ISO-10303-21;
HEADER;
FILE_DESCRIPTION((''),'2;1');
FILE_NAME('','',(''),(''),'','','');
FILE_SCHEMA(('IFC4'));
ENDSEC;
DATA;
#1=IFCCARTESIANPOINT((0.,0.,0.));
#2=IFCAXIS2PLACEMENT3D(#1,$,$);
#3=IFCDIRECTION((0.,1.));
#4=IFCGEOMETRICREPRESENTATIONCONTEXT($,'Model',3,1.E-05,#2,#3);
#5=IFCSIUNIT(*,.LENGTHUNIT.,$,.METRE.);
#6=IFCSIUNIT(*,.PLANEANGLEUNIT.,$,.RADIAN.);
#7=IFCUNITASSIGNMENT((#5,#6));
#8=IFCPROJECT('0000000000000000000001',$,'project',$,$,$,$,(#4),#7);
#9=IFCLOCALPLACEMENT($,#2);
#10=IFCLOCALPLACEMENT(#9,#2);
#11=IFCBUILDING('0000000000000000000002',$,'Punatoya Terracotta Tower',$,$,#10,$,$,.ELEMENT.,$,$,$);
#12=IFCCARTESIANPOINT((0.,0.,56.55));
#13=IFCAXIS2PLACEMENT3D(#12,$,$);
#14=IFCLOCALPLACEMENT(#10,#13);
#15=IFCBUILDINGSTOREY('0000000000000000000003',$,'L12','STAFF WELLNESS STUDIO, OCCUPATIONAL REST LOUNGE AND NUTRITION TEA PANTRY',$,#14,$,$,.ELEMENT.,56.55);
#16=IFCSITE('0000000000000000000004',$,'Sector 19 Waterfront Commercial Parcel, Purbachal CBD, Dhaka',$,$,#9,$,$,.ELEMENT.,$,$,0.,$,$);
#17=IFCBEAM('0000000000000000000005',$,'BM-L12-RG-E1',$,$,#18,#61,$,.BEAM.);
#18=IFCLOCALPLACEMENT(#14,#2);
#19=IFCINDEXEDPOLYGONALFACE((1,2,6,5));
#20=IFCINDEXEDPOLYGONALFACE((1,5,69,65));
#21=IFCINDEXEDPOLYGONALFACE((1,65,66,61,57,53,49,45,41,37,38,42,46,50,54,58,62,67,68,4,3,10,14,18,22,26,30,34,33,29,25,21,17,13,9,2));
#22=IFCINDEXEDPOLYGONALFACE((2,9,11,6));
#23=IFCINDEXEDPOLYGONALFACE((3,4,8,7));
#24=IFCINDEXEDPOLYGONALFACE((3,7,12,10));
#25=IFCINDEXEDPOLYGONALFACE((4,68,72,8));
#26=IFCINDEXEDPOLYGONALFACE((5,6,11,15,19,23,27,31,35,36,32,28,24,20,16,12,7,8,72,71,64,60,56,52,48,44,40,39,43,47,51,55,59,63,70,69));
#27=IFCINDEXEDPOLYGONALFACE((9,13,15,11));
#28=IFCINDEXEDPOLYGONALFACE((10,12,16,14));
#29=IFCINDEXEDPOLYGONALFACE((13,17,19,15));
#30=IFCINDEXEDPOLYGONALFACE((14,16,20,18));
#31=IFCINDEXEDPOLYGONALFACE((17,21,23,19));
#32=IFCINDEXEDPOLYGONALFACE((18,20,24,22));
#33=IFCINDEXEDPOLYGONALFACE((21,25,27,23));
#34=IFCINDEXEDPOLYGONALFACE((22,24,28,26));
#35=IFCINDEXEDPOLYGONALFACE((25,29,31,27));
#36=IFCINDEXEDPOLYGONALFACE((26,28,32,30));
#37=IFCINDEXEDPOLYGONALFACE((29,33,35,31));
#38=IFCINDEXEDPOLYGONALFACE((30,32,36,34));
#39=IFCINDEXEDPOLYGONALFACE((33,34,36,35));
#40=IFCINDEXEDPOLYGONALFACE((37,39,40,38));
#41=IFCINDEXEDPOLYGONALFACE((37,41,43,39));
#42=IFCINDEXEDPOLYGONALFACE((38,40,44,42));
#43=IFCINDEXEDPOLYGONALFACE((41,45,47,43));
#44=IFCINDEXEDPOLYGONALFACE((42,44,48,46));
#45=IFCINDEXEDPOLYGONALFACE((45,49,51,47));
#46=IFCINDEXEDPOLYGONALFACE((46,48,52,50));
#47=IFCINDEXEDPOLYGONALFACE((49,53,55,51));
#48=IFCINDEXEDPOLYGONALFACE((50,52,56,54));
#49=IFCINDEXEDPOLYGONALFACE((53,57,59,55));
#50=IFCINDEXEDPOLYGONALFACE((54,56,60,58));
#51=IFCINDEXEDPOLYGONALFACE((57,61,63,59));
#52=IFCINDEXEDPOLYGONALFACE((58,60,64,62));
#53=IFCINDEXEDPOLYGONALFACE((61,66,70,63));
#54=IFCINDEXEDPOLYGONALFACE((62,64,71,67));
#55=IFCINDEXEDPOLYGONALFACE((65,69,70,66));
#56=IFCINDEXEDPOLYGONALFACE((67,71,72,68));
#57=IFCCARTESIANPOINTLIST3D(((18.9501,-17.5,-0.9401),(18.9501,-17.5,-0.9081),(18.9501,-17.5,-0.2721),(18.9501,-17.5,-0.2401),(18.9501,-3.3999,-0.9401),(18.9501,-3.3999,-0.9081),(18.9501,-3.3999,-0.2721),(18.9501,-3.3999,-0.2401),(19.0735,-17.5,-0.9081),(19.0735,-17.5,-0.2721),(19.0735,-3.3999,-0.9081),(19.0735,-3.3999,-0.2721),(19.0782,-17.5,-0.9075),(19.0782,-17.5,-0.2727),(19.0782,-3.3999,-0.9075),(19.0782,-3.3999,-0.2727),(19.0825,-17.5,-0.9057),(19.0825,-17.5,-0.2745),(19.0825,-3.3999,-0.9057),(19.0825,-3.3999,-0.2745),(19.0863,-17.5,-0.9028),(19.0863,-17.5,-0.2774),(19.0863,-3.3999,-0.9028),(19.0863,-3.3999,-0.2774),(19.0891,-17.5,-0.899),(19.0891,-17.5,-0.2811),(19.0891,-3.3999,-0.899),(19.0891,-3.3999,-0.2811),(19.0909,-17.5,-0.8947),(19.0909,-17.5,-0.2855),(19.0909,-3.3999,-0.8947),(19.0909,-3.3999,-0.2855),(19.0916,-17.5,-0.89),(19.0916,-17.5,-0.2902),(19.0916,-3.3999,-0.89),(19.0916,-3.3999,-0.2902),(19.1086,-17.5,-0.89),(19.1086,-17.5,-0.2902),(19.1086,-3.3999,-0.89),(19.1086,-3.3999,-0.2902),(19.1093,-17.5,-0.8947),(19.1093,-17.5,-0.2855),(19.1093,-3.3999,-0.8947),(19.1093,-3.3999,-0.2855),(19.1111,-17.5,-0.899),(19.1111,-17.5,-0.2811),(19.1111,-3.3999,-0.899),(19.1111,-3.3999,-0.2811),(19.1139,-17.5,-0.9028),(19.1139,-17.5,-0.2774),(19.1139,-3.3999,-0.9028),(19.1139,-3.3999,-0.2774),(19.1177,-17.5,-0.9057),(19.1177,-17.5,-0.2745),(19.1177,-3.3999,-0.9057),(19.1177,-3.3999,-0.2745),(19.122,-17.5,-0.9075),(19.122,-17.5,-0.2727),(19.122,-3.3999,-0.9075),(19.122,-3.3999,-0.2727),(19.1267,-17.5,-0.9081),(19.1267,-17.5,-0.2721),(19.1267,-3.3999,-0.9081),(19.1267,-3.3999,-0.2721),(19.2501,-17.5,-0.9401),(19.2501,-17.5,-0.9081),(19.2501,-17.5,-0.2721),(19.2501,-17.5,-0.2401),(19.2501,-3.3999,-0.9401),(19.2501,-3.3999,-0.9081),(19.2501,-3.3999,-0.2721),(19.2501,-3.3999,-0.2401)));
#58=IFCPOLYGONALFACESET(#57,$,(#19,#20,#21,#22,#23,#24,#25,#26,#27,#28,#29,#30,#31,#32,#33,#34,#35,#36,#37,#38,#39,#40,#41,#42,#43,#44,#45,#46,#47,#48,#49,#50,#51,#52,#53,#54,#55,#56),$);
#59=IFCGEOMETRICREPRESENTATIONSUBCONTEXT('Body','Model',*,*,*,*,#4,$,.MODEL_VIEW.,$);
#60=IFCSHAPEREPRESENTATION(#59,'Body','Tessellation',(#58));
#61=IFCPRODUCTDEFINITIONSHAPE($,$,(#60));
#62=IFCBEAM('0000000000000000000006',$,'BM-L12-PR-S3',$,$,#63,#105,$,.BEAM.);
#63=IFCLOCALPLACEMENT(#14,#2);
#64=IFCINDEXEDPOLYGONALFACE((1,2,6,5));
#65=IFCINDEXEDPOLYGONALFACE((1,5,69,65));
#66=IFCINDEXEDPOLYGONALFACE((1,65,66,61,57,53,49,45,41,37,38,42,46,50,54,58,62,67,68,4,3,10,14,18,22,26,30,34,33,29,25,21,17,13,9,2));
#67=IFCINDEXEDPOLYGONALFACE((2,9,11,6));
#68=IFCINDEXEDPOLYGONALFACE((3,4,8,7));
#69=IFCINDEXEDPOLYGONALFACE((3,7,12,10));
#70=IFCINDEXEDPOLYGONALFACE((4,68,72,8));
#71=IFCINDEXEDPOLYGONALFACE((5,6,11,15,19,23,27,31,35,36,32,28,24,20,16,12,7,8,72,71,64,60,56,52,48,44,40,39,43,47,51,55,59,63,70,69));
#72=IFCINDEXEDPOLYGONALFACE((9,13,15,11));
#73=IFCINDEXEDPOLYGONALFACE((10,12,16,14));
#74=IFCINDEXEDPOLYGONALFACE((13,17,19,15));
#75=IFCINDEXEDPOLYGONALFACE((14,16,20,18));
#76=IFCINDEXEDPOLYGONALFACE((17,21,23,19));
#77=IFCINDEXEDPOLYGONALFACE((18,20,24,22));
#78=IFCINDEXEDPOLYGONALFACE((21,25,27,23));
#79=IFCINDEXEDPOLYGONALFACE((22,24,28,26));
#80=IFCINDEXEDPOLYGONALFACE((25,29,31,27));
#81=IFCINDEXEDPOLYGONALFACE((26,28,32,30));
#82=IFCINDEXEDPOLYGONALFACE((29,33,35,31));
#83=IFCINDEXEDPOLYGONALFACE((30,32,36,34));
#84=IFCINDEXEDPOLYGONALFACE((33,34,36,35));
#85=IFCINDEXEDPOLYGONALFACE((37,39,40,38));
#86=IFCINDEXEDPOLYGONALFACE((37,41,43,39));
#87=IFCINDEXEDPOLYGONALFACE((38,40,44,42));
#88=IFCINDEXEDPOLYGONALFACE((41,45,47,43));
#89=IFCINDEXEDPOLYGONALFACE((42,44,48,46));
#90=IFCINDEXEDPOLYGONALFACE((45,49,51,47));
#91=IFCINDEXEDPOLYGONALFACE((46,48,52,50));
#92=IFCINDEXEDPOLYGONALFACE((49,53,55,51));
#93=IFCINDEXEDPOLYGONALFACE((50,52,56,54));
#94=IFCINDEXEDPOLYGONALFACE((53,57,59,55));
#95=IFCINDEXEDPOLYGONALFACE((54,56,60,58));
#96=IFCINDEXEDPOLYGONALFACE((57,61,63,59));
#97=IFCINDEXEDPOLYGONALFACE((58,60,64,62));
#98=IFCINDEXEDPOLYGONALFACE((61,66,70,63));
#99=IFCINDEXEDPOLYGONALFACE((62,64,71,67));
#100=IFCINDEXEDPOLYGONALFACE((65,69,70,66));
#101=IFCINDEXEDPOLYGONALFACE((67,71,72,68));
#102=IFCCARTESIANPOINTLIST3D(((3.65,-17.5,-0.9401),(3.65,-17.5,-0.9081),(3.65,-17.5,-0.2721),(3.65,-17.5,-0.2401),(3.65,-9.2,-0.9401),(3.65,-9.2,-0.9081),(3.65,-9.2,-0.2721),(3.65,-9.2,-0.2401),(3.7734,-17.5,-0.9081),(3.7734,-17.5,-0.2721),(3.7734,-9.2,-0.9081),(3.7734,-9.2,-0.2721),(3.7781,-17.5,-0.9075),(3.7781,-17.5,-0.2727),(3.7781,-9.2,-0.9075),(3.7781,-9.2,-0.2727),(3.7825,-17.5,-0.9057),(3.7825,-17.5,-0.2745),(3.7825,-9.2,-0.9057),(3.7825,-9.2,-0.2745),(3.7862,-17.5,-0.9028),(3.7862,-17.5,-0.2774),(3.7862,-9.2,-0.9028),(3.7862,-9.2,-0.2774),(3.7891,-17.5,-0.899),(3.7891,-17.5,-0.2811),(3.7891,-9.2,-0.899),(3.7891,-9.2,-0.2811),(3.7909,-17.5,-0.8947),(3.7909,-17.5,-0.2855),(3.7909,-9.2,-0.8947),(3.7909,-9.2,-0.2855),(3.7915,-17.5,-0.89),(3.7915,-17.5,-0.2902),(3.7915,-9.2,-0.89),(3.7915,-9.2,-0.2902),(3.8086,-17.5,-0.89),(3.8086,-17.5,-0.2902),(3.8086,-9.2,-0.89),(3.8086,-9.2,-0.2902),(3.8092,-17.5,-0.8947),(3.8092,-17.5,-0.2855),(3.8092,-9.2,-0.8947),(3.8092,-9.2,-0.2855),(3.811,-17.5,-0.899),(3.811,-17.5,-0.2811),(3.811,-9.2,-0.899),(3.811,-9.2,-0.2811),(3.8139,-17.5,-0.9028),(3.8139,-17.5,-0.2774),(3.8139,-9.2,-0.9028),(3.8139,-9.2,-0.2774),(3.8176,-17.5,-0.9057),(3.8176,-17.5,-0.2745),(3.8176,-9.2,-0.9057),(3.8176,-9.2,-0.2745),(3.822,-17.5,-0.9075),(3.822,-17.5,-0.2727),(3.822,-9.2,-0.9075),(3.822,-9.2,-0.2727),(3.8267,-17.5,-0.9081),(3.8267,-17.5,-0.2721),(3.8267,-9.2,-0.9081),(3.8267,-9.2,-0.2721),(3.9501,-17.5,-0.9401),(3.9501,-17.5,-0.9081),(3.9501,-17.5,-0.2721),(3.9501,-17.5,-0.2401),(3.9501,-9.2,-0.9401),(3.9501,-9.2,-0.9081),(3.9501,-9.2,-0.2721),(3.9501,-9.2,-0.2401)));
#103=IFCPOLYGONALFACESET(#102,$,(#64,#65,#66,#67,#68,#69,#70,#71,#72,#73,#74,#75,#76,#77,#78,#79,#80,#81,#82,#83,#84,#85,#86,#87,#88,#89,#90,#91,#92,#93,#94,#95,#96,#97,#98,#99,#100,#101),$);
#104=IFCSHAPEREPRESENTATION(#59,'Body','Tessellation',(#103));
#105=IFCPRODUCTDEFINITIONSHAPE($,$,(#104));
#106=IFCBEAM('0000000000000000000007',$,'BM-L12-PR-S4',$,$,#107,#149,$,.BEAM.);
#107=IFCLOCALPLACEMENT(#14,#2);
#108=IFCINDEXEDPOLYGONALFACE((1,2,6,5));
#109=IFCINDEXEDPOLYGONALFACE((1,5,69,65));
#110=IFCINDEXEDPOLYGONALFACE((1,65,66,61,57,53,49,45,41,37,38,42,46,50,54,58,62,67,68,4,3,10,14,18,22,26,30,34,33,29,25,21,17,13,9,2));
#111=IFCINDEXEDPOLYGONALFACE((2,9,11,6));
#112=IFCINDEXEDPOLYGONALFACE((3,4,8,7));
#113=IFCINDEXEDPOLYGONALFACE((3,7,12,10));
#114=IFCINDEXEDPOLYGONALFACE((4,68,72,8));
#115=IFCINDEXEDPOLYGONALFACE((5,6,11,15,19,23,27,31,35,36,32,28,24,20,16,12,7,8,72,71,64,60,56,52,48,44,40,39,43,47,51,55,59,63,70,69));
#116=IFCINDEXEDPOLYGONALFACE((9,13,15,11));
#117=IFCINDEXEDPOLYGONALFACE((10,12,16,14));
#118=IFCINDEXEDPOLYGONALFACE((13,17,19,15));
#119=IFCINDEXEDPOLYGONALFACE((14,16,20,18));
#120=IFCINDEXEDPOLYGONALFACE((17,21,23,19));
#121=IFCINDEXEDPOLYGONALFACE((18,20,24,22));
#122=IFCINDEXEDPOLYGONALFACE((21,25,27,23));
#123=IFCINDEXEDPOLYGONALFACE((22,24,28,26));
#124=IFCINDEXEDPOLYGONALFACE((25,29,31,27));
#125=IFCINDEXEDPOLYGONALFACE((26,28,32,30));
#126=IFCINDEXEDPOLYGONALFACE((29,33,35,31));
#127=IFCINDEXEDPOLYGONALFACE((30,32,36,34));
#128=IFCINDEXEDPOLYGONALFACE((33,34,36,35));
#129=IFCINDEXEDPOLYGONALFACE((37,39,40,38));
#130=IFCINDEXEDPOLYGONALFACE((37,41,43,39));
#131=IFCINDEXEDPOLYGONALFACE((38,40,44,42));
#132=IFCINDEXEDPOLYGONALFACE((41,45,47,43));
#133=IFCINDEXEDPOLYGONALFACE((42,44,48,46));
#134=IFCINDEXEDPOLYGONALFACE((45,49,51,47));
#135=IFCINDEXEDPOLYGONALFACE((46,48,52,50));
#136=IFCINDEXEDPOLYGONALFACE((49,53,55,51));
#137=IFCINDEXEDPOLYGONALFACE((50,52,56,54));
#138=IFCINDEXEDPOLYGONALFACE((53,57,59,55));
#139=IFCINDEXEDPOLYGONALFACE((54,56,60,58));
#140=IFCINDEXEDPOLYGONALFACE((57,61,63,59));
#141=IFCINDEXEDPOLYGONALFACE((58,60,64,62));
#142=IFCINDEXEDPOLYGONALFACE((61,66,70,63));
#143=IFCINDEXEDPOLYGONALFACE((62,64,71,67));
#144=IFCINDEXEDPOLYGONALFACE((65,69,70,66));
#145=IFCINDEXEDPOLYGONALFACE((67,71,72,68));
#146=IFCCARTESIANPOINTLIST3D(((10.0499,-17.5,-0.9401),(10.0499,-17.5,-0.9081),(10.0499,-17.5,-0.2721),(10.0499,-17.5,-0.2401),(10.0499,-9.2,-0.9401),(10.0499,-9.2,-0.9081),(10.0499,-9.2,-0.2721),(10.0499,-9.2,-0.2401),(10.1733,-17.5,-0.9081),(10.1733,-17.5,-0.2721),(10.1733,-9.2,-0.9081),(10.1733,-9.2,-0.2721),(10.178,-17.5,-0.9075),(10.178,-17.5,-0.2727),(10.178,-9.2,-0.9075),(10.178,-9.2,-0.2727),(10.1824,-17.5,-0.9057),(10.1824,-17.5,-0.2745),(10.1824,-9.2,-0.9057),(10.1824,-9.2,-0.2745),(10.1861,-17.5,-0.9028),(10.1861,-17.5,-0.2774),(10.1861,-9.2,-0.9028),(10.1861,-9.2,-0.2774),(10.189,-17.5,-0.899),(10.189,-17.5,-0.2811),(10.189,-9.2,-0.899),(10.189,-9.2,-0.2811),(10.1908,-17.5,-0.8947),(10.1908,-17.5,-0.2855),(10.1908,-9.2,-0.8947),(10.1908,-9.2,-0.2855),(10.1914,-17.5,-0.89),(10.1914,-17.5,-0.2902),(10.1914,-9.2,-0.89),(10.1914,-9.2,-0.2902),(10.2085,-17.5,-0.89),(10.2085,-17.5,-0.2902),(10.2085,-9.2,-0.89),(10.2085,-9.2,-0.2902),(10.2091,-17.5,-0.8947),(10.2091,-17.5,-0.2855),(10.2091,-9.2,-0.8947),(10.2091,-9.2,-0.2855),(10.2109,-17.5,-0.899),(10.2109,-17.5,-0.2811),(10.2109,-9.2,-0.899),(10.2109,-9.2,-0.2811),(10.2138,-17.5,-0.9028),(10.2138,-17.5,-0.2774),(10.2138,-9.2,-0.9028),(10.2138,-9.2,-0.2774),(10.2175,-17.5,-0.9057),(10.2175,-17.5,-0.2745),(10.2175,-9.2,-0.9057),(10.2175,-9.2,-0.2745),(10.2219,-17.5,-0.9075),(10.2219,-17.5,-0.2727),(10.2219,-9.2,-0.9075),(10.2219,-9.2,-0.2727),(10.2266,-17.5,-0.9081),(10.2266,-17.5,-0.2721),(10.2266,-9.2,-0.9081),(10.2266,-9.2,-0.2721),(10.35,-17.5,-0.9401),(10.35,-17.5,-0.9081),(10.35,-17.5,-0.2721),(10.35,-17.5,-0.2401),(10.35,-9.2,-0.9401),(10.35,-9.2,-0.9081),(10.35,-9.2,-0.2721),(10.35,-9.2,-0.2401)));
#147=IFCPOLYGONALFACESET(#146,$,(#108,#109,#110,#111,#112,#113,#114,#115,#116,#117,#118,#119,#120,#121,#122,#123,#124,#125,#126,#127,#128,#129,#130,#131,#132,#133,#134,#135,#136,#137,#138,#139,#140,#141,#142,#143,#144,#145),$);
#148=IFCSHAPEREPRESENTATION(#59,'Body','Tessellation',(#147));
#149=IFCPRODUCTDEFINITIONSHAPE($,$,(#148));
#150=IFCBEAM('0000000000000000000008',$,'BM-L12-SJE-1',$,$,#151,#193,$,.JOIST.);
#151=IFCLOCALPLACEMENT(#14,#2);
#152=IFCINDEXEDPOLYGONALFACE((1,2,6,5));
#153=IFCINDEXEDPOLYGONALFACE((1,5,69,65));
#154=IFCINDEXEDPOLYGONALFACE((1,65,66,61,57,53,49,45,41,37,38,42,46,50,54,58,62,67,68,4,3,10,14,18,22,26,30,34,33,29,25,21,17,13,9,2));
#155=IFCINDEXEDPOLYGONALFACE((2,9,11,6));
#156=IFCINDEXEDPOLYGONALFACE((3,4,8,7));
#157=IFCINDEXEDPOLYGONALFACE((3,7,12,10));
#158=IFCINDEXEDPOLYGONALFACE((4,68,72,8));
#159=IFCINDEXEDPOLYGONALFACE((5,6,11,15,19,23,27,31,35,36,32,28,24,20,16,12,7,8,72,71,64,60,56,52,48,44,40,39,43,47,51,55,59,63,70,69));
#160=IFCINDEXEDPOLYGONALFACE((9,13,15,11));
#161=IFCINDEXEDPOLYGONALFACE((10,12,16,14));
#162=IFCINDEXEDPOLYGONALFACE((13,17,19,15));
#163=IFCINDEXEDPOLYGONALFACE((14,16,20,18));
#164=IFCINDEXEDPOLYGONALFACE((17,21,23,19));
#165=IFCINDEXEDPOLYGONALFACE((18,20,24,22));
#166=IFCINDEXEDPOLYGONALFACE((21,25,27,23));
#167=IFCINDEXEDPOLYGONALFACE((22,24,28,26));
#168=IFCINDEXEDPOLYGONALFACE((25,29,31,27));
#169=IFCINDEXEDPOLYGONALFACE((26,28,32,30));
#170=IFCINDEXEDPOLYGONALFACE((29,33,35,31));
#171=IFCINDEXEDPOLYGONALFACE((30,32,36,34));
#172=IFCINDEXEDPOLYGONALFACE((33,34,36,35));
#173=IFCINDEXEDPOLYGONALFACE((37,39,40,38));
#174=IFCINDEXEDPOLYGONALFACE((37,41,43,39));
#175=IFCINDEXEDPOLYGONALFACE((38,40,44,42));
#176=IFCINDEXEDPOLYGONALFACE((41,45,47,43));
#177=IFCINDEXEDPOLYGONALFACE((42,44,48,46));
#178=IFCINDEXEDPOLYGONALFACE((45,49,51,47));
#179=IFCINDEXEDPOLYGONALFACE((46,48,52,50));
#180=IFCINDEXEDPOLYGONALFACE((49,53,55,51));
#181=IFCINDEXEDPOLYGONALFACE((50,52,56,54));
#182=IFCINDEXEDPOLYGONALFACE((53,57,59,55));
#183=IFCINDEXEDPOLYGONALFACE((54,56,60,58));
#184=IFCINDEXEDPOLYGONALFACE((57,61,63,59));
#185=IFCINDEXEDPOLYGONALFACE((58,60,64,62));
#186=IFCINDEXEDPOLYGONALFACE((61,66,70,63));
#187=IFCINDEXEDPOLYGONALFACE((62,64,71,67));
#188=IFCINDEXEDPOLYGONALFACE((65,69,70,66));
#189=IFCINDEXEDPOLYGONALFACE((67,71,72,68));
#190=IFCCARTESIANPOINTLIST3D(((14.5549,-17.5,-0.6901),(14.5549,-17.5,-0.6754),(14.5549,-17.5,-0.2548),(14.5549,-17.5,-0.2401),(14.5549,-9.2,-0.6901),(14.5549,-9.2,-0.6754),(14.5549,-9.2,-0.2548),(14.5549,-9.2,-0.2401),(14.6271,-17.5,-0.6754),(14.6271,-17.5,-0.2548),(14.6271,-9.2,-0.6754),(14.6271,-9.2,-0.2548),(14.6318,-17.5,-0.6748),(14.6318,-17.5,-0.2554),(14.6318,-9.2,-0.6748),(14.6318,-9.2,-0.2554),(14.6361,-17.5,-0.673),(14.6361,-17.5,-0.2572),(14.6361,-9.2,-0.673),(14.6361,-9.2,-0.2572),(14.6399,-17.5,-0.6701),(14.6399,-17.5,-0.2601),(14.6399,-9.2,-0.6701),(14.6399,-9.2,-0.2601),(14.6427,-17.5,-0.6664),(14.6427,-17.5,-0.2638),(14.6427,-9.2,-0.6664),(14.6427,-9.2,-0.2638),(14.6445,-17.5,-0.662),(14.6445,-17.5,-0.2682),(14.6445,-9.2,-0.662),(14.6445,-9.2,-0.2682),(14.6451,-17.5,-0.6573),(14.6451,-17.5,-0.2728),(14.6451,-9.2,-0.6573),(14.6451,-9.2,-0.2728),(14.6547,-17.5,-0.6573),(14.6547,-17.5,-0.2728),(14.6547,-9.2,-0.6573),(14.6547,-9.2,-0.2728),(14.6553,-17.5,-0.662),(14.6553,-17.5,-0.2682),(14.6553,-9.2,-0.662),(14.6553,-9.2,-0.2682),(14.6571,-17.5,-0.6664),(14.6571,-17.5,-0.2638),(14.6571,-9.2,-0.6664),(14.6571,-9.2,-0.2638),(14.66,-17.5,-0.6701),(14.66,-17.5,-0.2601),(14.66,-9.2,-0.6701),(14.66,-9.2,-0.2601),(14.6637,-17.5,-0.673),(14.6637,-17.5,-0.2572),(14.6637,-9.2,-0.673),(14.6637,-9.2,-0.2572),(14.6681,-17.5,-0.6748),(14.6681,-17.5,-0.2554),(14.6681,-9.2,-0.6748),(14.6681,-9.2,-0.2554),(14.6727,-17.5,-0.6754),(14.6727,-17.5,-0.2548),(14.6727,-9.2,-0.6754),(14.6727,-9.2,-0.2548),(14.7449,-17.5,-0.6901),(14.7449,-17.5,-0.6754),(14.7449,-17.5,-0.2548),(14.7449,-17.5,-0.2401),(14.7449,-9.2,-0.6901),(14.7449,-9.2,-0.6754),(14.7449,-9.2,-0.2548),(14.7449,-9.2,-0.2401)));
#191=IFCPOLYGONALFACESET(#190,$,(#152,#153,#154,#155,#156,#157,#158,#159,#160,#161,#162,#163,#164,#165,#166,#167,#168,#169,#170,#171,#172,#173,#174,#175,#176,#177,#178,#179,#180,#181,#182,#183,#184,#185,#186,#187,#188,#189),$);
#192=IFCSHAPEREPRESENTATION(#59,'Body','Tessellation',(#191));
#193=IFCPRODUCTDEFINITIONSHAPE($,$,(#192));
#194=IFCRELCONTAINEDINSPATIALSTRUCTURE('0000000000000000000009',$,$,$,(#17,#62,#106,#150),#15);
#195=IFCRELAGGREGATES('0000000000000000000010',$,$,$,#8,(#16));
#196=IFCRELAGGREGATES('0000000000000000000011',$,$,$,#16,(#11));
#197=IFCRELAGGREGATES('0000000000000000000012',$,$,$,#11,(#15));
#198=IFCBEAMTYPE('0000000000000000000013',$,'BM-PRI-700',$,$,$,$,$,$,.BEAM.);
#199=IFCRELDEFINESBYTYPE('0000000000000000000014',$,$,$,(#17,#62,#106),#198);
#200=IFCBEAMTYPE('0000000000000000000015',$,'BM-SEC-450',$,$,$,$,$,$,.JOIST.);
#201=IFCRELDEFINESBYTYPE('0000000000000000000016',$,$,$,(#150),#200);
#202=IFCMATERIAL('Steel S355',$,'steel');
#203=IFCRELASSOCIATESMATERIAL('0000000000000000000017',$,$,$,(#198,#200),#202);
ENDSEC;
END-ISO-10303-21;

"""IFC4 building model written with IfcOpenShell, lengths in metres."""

from ifc_helpers import new_model, si_unit, direction, frame, origin, origin_2d, place, context, subcontext, project, spatial, i_section, extrude, material, material_profile, profile_set, type_object, element, save


model = new_model("IFC4")

# Units and contexts
model_context = context("Model", 3, precision=1e-05, world=origin(), true_north=direction((0.0, 1.0)))
body_context = subcontext(model_context, "Body", "Model", "MODEL_VIEW")
ifc_project = project(units=[si_unit("LENGTHUNIT", "METRE"), si_unit("PLANEANGLEUNIT", "RADIAN")], contexts=[model_context])

# Site, building, storey
site_placement = place(None, origin())
site = spatial("IfcSite", under=ifc_project, at=site_placement, Name="Sector 19 Waterfront Commercial Parcel, Purbachal CBD, Dhaka", CompositionType="ELEMENT", RefElevation=0.0)
building_placement = place(site_placement, origin())
building = spatial("IfcBuilding", under=site, at=building_placement, Name="Punatoya Terracotta Tower", CompositionType="ELEMENT")
storey_placement = place(building_placement, frame((0.0, 0.0, 56.55)))
storey = spatial("IfcBuildingStorey", under=building, at=storey_placement, Name="L12", Description="STAFF WELLNESS STUDIO, OCCUPATIONAL REST LOUNGE AND NUTRITION TEA PANTRY", CompositionType="ELEMENT", Elevation=56.55)

# Beams
ifc_material_1 = material(Name="Steel S355", Category="steel")
ifc_material_profile_1 = material_profile(ifc_material_1, i_section(OverallWidth=0.3, OverallDepth=0.7, WebThickness=0.0171, FlangeThickness=0.032, FilletRadius=0.0181, at=origin_2d()))
ifc_profile_set_1 = profile_set([ifc_material_profile_1], Name="Steel S355")
beam_type_1 = type_object("IfcBeamType", Name="BM-PRI-700", PredefinedType="BEAM", material=ifc_profile_set_1)
beam_1_placement = place(storey_placement, frame((19.1001, -17.5, -0.5901), z_axis=(0.0, 1.0, 0.0), x_axis=(-1.0, 0.0, 0.0)))
element("IfcBeam", 1, at=beam_1_placement, inside=storey, type_object=beam_type_1, Name="BM-L12-RG-E1", PredefinedType="BEAM", context=body_context, shape_type="SweptSolid", body=[
    extrude(i_section(OverallWidth=0.3, OverallDepth=0.7, WebThickness=0.0171, FlangeThickness=0.032, FilletRadius=0.0181, at=origin_2d()), origin(), (0.0, 0.0, 1.0), 14.1001),
])
for number, where, z_axis, x_axis, name in (
    (2, (3.8, -17.5, -0.5901), (0.0, 1.0, 0.0), (-1.0, 0.0, 0.0), "BM-L12-PR-S3"),
    (3, (10.2, -17.5, -0.5901), (0.0, 1.0, 0.0), (-1.0, 0.0, 0.0), "BM-L12-PR-S4"),
):
    element("IfcBeam", number, at=place(storey_placement, frame(where, z_axis=z_axis, x_axis=x_axis)), inside=storey, type_object=beam_type_1, Name=name, PredefinedType="BEAM", context=body_context, shape_type="SweptSolid", body=[
        extrude(i_section(OverallWidth=0.3, OverallDepth=0.7, WebThickness=0.0171, FlangeThickness=0.032, FilletRadius=0.0181, at=origin_2d()), origin(), (0.0, 0.0, 1.0), 8.3),
    ])
ifc_material_profile_2 = material_profile(ifc_material_1, i_section(OverallWidth=0.1899, OverallDepth=0.45, WebThickness=0.0095, FlangeThickness=0.0146, FilletRadius=0.0181, at=origin_2d()))
ifc_profile_set_2 = profile_set([ifc_material_profile_2], Name="Steel S355")
beam_type_2 = type_object("IfcBeamType", Name="BM-SEC-450", PredefinedType="JOIST", material=ifc_profile_set_2)
beam_2_placement = place(storey_placement, frame((14.6499, -17.5, -0.4651), z_axis=(0.0, 1.0, 0.0), x_axis=(-1.0, 0.0, 0.0)))
element("IfcBeam", 4, at=beam_2_placement, inside=storey, type_object=beam_type_2, Name="BM-L12-SJE-1", PredefinedType="JOIST", context=body_context, shape_type="SweptSolid", body=[
    extrude(i_section(OverallWidth=0.1899, OverallDepth=0.45, WebThickness=0.0095, FlangeThickness=0.0146, FilletRadius=0.0181, at=origin_2d()), origin(), (0.0, 0.0, 1.0), 8.3),
])

save(model, "model.ifc")
